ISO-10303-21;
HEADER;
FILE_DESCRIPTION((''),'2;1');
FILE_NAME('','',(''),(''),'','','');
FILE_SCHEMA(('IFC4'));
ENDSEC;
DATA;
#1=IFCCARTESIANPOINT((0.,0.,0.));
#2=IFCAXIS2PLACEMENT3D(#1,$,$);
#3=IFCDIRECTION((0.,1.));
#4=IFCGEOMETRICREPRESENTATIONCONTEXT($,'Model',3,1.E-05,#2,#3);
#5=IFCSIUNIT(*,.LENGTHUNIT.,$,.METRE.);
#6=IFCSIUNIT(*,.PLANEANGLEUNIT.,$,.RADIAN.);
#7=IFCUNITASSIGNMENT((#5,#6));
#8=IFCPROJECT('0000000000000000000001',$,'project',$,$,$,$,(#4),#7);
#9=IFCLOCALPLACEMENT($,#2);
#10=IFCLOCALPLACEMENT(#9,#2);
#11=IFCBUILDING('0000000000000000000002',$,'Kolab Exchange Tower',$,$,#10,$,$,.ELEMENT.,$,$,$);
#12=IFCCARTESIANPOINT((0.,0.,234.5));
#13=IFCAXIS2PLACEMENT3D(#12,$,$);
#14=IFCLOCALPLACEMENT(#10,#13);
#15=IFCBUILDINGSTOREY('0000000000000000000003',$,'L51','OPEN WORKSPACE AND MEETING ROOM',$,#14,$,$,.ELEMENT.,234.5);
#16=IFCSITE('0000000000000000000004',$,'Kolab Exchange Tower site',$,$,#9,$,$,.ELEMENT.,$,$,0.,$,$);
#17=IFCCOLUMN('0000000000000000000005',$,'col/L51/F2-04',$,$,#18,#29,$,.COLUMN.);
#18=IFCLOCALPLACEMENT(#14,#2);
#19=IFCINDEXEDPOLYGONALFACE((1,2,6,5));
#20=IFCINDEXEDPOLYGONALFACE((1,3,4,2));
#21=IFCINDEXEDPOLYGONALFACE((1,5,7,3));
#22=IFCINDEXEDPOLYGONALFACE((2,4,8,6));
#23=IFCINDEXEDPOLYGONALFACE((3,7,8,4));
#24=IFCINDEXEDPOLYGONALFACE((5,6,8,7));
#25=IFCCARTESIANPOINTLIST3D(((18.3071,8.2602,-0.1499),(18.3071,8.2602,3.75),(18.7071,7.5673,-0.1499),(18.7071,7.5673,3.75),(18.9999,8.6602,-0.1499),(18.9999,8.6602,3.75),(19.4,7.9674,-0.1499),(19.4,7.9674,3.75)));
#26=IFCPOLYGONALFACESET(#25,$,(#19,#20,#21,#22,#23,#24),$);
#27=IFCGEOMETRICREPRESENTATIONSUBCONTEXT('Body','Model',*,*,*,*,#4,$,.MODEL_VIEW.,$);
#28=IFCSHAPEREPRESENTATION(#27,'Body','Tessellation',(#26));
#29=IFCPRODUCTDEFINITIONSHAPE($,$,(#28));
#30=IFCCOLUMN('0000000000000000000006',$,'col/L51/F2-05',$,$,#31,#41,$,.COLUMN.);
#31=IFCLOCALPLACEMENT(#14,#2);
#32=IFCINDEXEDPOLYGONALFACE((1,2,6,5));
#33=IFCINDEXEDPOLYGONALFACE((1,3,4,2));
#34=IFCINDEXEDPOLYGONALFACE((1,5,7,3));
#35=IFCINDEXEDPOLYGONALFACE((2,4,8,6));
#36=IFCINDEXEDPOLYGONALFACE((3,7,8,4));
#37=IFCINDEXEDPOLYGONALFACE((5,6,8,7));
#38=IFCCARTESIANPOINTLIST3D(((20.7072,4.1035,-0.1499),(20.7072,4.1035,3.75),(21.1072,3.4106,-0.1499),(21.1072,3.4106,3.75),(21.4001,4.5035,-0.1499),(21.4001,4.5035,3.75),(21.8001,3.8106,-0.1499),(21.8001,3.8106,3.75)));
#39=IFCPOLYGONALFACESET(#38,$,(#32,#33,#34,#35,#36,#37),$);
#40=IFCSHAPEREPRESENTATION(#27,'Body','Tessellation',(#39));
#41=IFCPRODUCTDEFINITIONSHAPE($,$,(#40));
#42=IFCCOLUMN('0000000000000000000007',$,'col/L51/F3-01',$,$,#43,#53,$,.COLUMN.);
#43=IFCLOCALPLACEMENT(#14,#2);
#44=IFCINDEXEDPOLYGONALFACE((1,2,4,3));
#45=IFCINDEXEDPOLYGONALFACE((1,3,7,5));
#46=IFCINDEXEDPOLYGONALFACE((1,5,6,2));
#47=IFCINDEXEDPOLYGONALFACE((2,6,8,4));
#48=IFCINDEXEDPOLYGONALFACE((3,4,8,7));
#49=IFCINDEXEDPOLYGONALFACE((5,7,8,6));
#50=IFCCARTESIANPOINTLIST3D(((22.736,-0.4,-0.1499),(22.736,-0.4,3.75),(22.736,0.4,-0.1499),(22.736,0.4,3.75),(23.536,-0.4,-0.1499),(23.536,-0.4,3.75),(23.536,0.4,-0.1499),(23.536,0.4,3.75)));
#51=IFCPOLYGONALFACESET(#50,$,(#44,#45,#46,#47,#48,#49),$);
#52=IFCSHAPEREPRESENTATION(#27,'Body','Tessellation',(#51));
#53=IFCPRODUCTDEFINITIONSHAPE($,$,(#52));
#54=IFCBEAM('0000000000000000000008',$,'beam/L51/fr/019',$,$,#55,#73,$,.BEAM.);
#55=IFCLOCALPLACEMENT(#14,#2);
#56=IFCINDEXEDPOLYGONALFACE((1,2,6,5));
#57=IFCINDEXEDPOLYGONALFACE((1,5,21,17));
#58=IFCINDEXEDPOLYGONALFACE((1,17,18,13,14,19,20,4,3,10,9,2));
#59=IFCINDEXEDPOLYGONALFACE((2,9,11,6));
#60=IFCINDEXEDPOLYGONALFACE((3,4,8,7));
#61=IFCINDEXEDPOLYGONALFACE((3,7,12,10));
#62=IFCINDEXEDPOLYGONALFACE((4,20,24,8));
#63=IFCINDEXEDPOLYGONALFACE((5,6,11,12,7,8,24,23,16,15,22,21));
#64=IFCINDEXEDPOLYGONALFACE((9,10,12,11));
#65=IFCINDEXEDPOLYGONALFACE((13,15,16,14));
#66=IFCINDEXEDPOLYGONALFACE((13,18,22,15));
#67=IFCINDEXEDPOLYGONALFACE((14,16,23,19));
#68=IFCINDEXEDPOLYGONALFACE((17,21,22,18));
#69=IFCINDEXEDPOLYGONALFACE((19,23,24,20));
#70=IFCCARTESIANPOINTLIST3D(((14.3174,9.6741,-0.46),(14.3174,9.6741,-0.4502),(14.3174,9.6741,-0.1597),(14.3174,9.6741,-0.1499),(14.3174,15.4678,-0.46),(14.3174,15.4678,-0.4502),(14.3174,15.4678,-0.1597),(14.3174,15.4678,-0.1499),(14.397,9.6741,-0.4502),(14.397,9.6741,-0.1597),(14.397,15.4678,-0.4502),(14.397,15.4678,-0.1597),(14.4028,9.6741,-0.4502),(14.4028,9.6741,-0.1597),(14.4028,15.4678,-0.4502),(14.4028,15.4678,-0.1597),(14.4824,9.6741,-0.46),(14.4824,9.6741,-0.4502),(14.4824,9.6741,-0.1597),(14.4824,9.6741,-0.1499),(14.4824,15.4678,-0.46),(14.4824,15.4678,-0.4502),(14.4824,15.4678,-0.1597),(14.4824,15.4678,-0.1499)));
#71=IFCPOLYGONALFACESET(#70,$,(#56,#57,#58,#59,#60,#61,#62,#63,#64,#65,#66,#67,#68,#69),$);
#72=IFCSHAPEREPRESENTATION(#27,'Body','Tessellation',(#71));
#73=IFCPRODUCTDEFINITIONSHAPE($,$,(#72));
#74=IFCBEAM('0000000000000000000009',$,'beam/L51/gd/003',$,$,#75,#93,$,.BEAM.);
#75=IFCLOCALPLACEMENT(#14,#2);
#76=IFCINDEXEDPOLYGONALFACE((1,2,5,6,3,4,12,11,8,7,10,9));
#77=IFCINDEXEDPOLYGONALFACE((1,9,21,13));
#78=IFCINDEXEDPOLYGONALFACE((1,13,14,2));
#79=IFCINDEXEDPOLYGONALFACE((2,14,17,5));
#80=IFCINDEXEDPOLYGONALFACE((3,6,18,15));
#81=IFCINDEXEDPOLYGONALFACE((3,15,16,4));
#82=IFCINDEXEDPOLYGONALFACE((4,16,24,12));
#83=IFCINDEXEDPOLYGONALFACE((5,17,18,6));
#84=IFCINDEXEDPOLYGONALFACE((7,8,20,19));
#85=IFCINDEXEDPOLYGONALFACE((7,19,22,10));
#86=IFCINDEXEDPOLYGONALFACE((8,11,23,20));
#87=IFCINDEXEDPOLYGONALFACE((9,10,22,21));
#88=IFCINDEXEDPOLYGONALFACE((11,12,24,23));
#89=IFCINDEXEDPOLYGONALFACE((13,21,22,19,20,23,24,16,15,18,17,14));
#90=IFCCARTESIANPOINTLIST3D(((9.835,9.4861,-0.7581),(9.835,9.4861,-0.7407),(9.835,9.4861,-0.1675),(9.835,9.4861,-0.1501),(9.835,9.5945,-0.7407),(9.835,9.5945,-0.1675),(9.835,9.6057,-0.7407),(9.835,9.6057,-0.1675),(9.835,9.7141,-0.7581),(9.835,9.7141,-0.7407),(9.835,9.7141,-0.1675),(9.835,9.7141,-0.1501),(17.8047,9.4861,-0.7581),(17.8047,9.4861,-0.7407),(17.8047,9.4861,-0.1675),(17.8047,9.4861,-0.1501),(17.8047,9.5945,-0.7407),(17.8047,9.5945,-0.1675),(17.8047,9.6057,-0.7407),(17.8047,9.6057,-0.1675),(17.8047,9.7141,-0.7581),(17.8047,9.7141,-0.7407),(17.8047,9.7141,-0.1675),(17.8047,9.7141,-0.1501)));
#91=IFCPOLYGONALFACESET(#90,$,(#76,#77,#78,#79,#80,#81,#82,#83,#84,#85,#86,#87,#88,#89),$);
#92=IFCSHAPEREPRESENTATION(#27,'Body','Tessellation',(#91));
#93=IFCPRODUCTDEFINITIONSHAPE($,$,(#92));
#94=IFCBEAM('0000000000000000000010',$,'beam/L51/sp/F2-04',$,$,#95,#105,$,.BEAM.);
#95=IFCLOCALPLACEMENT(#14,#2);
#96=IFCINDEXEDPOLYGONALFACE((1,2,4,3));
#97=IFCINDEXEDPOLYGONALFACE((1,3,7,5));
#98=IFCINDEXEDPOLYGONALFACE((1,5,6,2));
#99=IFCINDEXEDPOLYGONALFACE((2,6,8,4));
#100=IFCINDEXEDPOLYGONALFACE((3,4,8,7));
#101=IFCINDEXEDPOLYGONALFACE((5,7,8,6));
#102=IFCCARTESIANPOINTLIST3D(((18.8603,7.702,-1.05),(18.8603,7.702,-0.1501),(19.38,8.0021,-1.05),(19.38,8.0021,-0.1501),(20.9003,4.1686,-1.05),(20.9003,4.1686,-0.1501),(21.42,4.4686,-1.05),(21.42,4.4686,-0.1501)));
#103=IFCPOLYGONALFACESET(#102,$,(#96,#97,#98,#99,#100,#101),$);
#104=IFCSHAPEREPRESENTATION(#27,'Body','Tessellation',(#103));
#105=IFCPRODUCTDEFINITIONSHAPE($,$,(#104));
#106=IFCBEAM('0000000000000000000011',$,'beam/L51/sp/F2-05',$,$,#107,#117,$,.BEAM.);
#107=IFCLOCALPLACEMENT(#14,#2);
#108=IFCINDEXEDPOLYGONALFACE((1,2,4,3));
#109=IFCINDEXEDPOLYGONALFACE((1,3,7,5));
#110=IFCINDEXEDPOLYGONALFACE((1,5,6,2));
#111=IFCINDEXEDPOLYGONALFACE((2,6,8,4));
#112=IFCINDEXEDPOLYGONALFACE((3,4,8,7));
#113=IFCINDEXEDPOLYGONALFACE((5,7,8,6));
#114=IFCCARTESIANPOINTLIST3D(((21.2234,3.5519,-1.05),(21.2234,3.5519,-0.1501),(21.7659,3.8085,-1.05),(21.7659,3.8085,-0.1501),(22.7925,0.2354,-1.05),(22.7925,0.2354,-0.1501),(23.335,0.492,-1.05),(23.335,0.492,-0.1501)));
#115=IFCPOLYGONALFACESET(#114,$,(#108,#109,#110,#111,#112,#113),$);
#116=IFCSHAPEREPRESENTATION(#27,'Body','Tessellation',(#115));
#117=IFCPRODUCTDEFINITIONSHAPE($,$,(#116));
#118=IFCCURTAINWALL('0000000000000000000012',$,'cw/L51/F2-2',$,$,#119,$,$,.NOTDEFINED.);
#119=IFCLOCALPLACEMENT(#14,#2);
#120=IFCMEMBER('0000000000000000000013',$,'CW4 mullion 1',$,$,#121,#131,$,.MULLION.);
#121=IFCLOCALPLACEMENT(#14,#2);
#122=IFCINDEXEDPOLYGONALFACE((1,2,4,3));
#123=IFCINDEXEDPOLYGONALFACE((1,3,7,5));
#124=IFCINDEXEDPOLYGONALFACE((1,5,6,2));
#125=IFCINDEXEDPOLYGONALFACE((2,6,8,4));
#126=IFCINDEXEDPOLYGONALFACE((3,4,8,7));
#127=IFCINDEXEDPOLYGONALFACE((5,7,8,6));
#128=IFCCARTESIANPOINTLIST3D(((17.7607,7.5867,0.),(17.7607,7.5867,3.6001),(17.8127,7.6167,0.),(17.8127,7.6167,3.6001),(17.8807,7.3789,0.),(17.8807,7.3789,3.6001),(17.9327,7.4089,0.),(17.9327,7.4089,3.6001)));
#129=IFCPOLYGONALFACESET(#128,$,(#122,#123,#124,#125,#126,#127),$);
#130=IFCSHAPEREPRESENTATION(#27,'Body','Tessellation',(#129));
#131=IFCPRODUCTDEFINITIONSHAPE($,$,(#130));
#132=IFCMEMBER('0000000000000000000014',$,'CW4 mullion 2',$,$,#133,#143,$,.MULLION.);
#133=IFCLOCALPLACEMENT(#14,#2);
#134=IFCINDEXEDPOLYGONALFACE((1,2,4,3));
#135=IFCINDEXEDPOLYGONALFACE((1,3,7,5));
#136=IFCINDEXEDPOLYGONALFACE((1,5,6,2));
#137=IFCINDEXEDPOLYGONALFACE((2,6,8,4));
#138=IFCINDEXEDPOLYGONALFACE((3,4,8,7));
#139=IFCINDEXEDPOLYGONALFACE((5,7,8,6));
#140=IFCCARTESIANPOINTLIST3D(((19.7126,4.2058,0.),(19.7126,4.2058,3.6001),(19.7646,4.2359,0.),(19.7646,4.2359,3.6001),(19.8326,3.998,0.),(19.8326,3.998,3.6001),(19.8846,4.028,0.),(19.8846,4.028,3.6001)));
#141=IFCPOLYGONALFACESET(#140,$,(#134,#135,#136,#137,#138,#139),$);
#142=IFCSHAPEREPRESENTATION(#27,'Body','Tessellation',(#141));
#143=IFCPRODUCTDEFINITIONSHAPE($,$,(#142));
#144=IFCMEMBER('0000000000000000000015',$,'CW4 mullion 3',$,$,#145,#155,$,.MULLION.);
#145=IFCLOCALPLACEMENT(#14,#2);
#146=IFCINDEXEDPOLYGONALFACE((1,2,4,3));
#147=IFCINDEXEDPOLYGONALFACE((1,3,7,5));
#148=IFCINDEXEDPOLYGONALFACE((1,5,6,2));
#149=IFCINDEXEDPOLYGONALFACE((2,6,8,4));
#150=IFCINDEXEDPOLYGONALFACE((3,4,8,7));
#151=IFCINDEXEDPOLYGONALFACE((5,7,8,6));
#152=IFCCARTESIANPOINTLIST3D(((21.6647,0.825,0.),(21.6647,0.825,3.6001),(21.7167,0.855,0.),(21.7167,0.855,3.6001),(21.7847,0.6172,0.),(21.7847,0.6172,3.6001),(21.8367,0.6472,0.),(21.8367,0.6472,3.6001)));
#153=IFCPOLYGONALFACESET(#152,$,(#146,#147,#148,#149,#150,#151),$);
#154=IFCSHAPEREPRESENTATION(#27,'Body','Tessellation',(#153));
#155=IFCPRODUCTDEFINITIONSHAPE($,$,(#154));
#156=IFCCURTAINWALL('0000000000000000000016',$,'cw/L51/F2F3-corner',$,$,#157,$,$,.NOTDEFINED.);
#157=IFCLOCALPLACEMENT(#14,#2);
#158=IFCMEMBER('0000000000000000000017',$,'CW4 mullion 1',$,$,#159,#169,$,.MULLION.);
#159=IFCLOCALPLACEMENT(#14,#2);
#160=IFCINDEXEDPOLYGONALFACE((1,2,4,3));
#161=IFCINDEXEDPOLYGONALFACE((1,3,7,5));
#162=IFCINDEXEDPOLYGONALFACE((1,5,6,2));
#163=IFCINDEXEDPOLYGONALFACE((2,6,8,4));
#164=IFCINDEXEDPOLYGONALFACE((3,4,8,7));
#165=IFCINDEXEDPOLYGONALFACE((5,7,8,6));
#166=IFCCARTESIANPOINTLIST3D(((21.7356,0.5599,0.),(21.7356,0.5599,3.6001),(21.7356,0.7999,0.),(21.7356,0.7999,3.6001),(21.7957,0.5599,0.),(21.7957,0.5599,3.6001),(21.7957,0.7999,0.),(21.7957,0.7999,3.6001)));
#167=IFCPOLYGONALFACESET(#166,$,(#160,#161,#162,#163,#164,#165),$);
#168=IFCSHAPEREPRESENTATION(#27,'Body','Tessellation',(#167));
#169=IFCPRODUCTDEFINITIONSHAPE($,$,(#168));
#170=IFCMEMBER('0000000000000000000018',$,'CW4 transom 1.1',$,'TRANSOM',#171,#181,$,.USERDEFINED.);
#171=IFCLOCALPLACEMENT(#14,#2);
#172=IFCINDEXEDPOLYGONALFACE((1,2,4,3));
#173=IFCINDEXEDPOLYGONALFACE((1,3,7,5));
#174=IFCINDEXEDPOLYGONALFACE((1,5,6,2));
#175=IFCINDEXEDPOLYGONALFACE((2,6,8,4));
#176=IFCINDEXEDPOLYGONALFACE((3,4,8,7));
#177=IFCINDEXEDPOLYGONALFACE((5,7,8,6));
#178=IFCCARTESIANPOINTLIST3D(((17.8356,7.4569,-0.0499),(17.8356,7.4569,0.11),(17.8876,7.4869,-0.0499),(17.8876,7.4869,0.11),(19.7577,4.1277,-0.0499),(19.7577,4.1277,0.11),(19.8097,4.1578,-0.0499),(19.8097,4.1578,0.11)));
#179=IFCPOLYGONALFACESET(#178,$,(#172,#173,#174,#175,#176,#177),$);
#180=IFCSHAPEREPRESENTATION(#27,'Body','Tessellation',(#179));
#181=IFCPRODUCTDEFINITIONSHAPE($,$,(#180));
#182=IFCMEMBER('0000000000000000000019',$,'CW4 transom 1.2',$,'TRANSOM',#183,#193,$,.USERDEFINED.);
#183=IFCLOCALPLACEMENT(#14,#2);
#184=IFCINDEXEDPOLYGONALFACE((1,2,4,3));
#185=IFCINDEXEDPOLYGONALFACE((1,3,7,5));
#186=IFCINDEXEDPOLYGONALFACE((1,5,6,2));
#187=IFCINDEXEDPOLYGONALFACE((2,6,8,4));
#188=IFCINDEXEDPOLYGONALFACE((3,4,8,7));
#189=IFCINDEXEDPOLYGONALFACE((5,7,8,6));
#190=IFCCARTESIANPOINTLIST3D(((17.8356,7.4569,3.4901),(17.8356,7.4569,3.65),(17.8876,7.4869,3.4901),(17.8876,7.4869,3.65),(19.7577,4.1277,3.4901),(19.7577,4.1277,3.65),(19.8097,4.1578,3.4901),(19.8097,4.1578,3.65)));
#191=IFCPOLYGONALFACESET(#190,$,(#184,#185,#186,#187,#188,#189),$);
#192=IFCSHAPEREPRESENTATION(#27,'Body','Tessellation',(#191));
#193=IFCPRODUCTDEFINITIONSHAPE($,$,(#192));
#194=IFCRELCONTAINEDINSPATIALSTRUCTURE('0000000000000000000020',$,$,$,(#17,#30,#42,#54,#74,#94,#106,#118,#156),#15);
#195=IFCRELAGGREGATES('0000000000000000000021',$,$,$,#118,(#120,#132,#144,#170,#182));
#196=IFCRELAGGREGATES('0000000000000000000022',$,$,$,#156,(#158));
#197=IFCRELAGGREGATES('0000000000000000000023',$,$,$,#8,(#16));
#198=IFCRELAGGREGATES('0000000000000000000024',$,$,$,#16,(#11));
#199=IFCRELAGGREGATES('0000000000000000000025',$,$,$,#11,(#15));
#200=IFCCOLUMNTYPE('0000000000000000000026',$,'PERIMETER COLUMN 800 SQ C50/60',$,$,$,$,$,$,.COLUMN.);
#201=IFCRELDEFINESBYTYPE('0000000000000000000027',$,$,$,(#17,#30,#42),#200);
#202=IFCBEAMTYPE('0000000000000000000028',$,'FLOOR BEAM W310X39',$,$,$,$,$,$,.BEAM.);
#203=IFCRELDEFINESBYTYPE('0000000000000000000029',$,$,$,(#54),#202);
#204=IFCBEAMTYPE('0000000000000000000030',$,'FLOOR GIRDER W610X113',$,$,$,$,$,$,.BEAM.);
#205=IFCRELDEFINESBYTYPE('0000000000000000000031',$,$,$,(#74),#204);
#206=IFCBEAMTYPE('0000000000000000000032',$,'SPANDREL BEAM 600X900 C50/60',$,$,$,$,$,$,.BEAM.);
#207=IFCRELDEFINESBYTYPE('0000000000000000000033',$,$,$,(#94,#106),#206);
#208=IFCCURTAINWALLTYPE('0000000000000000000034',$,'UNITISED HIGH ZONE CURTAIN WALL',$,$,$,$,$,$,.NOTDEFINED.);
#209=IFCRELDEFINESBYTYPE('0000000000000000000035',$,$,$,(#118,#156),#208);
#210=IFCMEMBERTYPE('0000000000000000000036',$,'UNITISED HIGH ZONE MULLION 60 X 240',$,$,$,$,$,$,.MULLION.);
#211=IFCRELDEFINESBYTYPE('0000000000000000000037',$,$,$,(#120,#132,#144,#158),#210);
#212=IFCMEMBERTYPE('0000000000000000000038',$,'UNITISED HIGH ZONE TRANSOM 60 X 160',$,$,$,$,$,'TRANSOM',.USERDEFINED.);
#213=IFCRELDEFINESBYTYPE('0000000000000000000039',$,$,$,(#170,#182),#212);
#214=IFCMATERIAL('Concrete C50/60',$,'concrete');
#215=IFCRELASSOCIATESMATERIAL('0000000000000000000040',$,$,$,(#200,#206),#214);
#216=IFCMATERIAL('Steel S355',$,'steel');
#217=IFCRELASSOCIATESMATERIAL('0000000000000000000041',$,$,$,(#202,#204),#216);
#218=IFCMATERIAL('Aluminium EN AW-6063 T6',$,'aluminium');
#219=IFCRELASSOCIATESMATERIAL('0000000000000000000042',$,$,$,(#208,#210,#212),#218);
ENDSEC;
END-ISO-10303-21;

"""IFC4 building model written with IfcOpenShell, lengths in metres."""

from ifc_helpers import new_model, si_unit, direction, frame, origin, origin_2d, place, context, subcontext, project, spatial, rectangle, i_section, extrude, material, material_profile, profile_set, type_object, element, aggregate, save


model = new_model("IFC4")

# Units and contexts
model_context = context("Model", 3, precision=1e-05, world=origin(), true_north=direction((0.0, 1.0)))
body_context = subcontext(model_context, "Body", "Model", "MODEL_VIEW")
ifc_project = project(units=[si_unit("LENGTHUNIT", "METRE"), si_unit("PLANEANGLEUNIT", "RADIAN")], contexts=[model_context])

# Site, building, storey
site_placement = place(None, origin())
site = spatial("IfcSite", under=ifc_project, at=site_placement, Name="Kolab Exchange Tower site", CompositionType="ELEMENT", RefElevation=0.0)
building_placement = place(site_placement, origin())
building = spatial("IfcBuilding", under=site, at=building_placement, Name="Kolab Exchange Tower", CompositionType="ELEMENT")
storey_placement = place(building_placement, frame((0.0, 0.0, 234.5)))
storey = spatial("IfcBuildingStorey", under=building, at=storey_placement, Name="L51", Description="OPEN WORKSPACE AND MEETING ROOM", CompositionType="ELEMENT", Elevation=234.5)

# Columns
ifc_material_1 = material(Name="Concrete C50/60", Category="concrete")
ifc_material_profile_1 = material_profile(ifc_material_1, rectangle(XDim=0.8, YDim=0.8, at=origin_2d()), Name="RC800")
ifc_profile_set_1 = profile_set([ifc_material_profile_1], Name="Concrete C50/60")
column_type = type_object("IfcColumnType", Name="PERIMETER COLUMN 800 SQ C50/60", PredefinedType="COLUMN", material=ifc_profile_set_1)
for number, where, z_axis, x_axis, name in (
    (1, (18.8535, 8.1138, -0.1499), (0.0, 0.0, 1.0), (0.866025, 0.5, 0.0), "col/L51/F2-04"),
    (2, (21.2537, 3.957, -0.1499), (0.0, 0.0, 1.0), (0.866025, 0.5, 0.0), "col/L51/F2-05"),
    (3, (23.136, 0.0, -0.1499), (0.0, 0.0, 1.0), (1.0, 0.0, 0.0), "col/L51/F3-01"),
):
    element("IfcColumn", number, at=place(storey_placement, frame(where, z_axis=z_axis, x_axis=x_axis)), inside=storey, type_object=column_type, Name=name, PredefinedType="COLUMN", context=body_context, shape_type="SweptSolid", body=[
        extrude(rectangle(XDim=0.8, YDim=0.8, at=origin_2d()), origin(), (0.0, 0.0, 1.0), 3.8999),
    ])

# Beams
ifc_material_2 = material(Name="Steel S355", Category="steel")
ifc_material_profile_2 = material_profile(ifc_material_2, i_section(OverallWidth=0.165, OverallDepth=0.3101, WebThickness=0.0059, FlangeThickness=0.0098, at=origin_2d()), Name="W310X39")
ifc_profile_set_2 = profile_set([ifc_material_profile_2], Name="Steel S355")
beam_type_1 = type_object("IfcBeamType", Name="FLOOR BEAM W310X39", PredefinedType="BEAM", material=ifc_profile_set_2)
beam_1_placement = place(storey_placement, frame((14.3999, 9.6741, -0.3049), z_axis=(0.0, 1.0, 0.0), x_axis=(-1.0, 0.0, 0.0)))
element("IfcBeam", 4, at=beam_1_placement, inside=storey, type_object=beam_type_1, Name="beam/L51/fr/019", PredefinedType="BEAM", context=body_context, shape_type="SweptSolid", body=[
    extrude(i_section(OverallWidth=0.165, OverallDepth=0.3101, WebThickness=0.0059, FlangeThickness=0.0098, at=origin_2d()), origin(), (0.0, 0.0, 1.0), 5.7937),
])
ifc_material_profile_3 = material_profile(ifc_material_2, i_section(OverallWidth=0.228, OverallDepth=0.6079, WebThickness=0.0112, FlangeThickness=0.0173, at=origin_2d()), Name="W610X113")
ifc_profile_set_3 = profile_set([ifc_material_profile_3], Name="Steel S355")
beam_type_2 = type_object("IfcBeamType", Name="FLOOR GIRDER W610X113", PredefinedType="BEAM", material=ifc_profile_set_3)
beam_2_placement = place(storey_placement, frame((9.835, 9.6001, -0.4541), z_axis=(1.0, 0.0, 0.0), x_axis=(0.0, 1.0, 0.0)))
element("IfcBeam", 5, at=beam_2_placement, inside=storey, type_object=beam_type_2, Name="beam/L51/gd/003", PredefinedType="BEAM", context=body_context, shape_type="SweptSolid", body=[
    extrude(i_section(OverallWidth=0.228, OverallDepth=0.6079, WebThickness=0.0112, FlangeThickness=0.0173, at=origin_2d()), origin(), (0.0, 0.0, 1.0), 7.9697),
])
ifc_material_profile_4 = material_profile(ifc_material_1, rectangle(XDim=0.6001, YDim=0.8999, at=origin_2d()), Name="RC600X900")
ifc_profile_set_4 = profile_set([ifc_material_profile_4], Name="Concrete C50/60")
beam_type_3 = type_object("IfcBeamType", Name="SPANDREL BEAM 600X900 C50/60", PredefinedType="BEAM", material=ifc_profile_set_4)
beam_3_placement = place(storey_placement, frame((19.1201, 7.8521, -0.6001), z_axis=(0.5, -0.866025, 0.0), x_axis=(0.866025, 0.5, 0.0)))
element("IfcBeam", 6, at=beam_3_placement, inside=storey, type_object=beam_type_3, Name="beam/L51/sp/F2-04", PredefinedType="BEAM", context=body_context, shape_type="SweptSolid", body=[
    extrude(rectangle(XDim=0.6001, YDim=0.8999, at=origin_2d()), origin(), (0.0, 0.0, 1.0), 4.0801),
])
beam_4_placement = place(storey_placement, frame((21.4946, 3.6802, -0.6001), z_axis=(0.427677, -0.903932, 0.0), x_axis=(0.903932, 0.427677, 0.0)))
element("IfcBeam", 7, at=beam_4_placement, inside=storey, type_object=beam_type_3, Name="beam/L51/sp/F2-05", PredefinedType="BEAM", context=body_context, shape_type="SweptSolid", body=[
    extrude(rectangle(XDim=0.6001, YDim=0.8999, at=origin_2d()), origin(), (0.0, 0.0, 1.0), 3.6689),
])

# Curtain wall, members
ifc_material_3 = material(Name="Aluminium EN AW-6063 T6", Category="aluminium")
curtain_wall_type = type_object("IfcCurtainWallType", Name="UNITISED HIGH ZONE CURTAIN WALL", PredefinedType="NOTDEFINED", material=ifc_material_3)
curtain_wall_1_placement = place(storey_placement, origin())
curtain_wall_1 = element("IfcCurtainWall", 8, at=curtain_wall_1_placement, inside=storey, type_object=curtain_wall_type, Name="cw/L51/F2-2", PredefinedType="NOTDEFINED")
ifc_material_profile_5 = material_profile(ifc_material_3, rectangle(XDim=0.0601, YDim=0.24, at=origin_2d()), Name="RECT 60X240")
ifc_profile_set_5 = profile_set([ifc_material_profile_5], Name="Aluminium EN AW-6063 T6")
member_type_1 = type_object("IfcMemberType", Name="UNITISED HIGH ZONE MULLION 60 X 240", PredefinedType="MULLION", material=ifc_profile_set_5)
member_1_placement = place(storey_placement, frame((17.8467, 7.4978, 0.0), z_axis=(0.0, 0.0, 1.0), x_axis=(0.866025, 0.5, 0.0)))
member_1 = element("IfcMember", 9, at=member_1_placement, type_object=member_type_1, Name="CW4 mullion 1", PredefinedType="MULLION", context=body_context, shape_type="SweptSolid", body=[
    extrude(rectangle(XDim=0.0601, YDim=0.24, at=origin_2d()), origin(), (0.0, 0.0, 1.0), 3.6001),
])
member_2_placement = place(storey_placement, frame((19.7986, 4.1169, 0.0), z_axis=(0.0, 0.0, 1.0), x_axis=(0.866025, 0.5, 0.0)))
member_2 = element("IfcMember", 10, at=member_2_placement, type_object=member_type_1, Name="CW4 mullion 2", PredefinedType="MULLION", context=body_context, shape_type="SweptSolid", body=[
    extrude(rectangle(XDim=0.0601, YDim=0.24, at=origin_2d()), origin(), (0.0, 0.0, 1.0), 3.6001),
])
member_3_placement = place(storey_placement, frame((21.7507, 0.7361, 0.0), z_axis=(0.0, 0.0, 1.0), x_axis=(0.866025, 0.5, 0.0)))
member_3 = element("IfcMember", 11, at=member_3_placement, type_object=member_type_1, Name="CW4 mullion 3", PredefinedType="MULLION", context=body_context, shape_type="SweptSolid", body=[
    extrude(rectangle(XDim=0.0601, YDim=0.24, at=origin_2d()), origin(), (0.0, 0.0, 1.0), 3.6001),
])

# Curtain wall, member
curtain_wall_2_placement = place(storey_placement, origin())
curtain_wall_2 = element("IfcCurtainWall", 12, at=curtain_wall_2_placement, inside=storey, type_object=curtain_wall_type, Name="cw/L51/F2F3-corner", PredefinedType="NOTDEFINED")
member_4_placement = place(storey_placement, frame((21.7656, 0.6799, 0.0), z_axis=(0.0, 0.0, 1.0), x_axis=(1.0, 0.0, 0.0)))
member_4 = element("IfcMember", 13, at=member_4_placement, type_object=member_type_1, Name="CW4 mullion 1", PredefinedType="MULLION", context=body_context, shape_type="SweptSolid", body=[
    extrude(rectangle(XDim=0.0601, YDim=0.24, at=origin_2d()), origin(), (0.0, 0.0, 1.0), 3.6001),
])

# Members
ifc_material_profile_6 = material_profile(ifc_material_3, rectangle(XDim=0.0601, YDim=0.1599, at=origin_2d()), Name="RECT 60X160")
ifc_profile_set_6 = profile_set([ifc_material_profile_6], Name="Aluminium EN AW-6063 T6")
member_type_2 = type_object("IfcMemberType", Name="UNITISED HIGH ZONE TRANSOM 60 X 160", ElementType="TRANSOM", PredefinedType="USERDEFINED", material=ifc_profile_set_6)
member_5_placement = place(storey_placement, frame((17.8616, 7.4719, 0.03), z_axis=(0.500012, -0.866018, 0.0), x_axis=(0.866018, 0.500012, 0.0)))
member_5 = element("IfcMember", 14, at=member_5_placement, type_object=member_type_2, Name="CW4 transom 1.1", ObjectType="TRANSOM", PredefinedType="USERDEFINED", context=body_context, shape_type="SweptSolid", body=[
    extrude(rectangle(XDim=0.0601, YDim=0.1599, at=origin_2d()), origin(), (0.0, 0.0, 1.0), 3.8442),
])
member_6_placement = place(storey_placement, frame((17.8616, 7.4719, 3.5701), z_axis=(0.500012, -0.866018, 0.0), x_axis=(0.866018, 0.500012, 0.0)))
member_6 = element("IfcMember", 15, at=member_6_placement, type_object=member_type_2, Name="CW4 transom 1.2", ObjectType="TRANSOM", PredefinedType="USERDEFINED", context=body_context, shape_type="SweptSolid", body=[
    extrude(rectangle(XDim=0.0601, YDim=0.1599, at=origin_2d()), origin(), (0.0, 0.0, 1.0), 3.8442),
])

aggregate(curtain_wall_1, [member_1, member_2, member_3, member_5, member_6])
aggregate(curtain_wall_2, [member_4])

save(model, "model.ifc")
